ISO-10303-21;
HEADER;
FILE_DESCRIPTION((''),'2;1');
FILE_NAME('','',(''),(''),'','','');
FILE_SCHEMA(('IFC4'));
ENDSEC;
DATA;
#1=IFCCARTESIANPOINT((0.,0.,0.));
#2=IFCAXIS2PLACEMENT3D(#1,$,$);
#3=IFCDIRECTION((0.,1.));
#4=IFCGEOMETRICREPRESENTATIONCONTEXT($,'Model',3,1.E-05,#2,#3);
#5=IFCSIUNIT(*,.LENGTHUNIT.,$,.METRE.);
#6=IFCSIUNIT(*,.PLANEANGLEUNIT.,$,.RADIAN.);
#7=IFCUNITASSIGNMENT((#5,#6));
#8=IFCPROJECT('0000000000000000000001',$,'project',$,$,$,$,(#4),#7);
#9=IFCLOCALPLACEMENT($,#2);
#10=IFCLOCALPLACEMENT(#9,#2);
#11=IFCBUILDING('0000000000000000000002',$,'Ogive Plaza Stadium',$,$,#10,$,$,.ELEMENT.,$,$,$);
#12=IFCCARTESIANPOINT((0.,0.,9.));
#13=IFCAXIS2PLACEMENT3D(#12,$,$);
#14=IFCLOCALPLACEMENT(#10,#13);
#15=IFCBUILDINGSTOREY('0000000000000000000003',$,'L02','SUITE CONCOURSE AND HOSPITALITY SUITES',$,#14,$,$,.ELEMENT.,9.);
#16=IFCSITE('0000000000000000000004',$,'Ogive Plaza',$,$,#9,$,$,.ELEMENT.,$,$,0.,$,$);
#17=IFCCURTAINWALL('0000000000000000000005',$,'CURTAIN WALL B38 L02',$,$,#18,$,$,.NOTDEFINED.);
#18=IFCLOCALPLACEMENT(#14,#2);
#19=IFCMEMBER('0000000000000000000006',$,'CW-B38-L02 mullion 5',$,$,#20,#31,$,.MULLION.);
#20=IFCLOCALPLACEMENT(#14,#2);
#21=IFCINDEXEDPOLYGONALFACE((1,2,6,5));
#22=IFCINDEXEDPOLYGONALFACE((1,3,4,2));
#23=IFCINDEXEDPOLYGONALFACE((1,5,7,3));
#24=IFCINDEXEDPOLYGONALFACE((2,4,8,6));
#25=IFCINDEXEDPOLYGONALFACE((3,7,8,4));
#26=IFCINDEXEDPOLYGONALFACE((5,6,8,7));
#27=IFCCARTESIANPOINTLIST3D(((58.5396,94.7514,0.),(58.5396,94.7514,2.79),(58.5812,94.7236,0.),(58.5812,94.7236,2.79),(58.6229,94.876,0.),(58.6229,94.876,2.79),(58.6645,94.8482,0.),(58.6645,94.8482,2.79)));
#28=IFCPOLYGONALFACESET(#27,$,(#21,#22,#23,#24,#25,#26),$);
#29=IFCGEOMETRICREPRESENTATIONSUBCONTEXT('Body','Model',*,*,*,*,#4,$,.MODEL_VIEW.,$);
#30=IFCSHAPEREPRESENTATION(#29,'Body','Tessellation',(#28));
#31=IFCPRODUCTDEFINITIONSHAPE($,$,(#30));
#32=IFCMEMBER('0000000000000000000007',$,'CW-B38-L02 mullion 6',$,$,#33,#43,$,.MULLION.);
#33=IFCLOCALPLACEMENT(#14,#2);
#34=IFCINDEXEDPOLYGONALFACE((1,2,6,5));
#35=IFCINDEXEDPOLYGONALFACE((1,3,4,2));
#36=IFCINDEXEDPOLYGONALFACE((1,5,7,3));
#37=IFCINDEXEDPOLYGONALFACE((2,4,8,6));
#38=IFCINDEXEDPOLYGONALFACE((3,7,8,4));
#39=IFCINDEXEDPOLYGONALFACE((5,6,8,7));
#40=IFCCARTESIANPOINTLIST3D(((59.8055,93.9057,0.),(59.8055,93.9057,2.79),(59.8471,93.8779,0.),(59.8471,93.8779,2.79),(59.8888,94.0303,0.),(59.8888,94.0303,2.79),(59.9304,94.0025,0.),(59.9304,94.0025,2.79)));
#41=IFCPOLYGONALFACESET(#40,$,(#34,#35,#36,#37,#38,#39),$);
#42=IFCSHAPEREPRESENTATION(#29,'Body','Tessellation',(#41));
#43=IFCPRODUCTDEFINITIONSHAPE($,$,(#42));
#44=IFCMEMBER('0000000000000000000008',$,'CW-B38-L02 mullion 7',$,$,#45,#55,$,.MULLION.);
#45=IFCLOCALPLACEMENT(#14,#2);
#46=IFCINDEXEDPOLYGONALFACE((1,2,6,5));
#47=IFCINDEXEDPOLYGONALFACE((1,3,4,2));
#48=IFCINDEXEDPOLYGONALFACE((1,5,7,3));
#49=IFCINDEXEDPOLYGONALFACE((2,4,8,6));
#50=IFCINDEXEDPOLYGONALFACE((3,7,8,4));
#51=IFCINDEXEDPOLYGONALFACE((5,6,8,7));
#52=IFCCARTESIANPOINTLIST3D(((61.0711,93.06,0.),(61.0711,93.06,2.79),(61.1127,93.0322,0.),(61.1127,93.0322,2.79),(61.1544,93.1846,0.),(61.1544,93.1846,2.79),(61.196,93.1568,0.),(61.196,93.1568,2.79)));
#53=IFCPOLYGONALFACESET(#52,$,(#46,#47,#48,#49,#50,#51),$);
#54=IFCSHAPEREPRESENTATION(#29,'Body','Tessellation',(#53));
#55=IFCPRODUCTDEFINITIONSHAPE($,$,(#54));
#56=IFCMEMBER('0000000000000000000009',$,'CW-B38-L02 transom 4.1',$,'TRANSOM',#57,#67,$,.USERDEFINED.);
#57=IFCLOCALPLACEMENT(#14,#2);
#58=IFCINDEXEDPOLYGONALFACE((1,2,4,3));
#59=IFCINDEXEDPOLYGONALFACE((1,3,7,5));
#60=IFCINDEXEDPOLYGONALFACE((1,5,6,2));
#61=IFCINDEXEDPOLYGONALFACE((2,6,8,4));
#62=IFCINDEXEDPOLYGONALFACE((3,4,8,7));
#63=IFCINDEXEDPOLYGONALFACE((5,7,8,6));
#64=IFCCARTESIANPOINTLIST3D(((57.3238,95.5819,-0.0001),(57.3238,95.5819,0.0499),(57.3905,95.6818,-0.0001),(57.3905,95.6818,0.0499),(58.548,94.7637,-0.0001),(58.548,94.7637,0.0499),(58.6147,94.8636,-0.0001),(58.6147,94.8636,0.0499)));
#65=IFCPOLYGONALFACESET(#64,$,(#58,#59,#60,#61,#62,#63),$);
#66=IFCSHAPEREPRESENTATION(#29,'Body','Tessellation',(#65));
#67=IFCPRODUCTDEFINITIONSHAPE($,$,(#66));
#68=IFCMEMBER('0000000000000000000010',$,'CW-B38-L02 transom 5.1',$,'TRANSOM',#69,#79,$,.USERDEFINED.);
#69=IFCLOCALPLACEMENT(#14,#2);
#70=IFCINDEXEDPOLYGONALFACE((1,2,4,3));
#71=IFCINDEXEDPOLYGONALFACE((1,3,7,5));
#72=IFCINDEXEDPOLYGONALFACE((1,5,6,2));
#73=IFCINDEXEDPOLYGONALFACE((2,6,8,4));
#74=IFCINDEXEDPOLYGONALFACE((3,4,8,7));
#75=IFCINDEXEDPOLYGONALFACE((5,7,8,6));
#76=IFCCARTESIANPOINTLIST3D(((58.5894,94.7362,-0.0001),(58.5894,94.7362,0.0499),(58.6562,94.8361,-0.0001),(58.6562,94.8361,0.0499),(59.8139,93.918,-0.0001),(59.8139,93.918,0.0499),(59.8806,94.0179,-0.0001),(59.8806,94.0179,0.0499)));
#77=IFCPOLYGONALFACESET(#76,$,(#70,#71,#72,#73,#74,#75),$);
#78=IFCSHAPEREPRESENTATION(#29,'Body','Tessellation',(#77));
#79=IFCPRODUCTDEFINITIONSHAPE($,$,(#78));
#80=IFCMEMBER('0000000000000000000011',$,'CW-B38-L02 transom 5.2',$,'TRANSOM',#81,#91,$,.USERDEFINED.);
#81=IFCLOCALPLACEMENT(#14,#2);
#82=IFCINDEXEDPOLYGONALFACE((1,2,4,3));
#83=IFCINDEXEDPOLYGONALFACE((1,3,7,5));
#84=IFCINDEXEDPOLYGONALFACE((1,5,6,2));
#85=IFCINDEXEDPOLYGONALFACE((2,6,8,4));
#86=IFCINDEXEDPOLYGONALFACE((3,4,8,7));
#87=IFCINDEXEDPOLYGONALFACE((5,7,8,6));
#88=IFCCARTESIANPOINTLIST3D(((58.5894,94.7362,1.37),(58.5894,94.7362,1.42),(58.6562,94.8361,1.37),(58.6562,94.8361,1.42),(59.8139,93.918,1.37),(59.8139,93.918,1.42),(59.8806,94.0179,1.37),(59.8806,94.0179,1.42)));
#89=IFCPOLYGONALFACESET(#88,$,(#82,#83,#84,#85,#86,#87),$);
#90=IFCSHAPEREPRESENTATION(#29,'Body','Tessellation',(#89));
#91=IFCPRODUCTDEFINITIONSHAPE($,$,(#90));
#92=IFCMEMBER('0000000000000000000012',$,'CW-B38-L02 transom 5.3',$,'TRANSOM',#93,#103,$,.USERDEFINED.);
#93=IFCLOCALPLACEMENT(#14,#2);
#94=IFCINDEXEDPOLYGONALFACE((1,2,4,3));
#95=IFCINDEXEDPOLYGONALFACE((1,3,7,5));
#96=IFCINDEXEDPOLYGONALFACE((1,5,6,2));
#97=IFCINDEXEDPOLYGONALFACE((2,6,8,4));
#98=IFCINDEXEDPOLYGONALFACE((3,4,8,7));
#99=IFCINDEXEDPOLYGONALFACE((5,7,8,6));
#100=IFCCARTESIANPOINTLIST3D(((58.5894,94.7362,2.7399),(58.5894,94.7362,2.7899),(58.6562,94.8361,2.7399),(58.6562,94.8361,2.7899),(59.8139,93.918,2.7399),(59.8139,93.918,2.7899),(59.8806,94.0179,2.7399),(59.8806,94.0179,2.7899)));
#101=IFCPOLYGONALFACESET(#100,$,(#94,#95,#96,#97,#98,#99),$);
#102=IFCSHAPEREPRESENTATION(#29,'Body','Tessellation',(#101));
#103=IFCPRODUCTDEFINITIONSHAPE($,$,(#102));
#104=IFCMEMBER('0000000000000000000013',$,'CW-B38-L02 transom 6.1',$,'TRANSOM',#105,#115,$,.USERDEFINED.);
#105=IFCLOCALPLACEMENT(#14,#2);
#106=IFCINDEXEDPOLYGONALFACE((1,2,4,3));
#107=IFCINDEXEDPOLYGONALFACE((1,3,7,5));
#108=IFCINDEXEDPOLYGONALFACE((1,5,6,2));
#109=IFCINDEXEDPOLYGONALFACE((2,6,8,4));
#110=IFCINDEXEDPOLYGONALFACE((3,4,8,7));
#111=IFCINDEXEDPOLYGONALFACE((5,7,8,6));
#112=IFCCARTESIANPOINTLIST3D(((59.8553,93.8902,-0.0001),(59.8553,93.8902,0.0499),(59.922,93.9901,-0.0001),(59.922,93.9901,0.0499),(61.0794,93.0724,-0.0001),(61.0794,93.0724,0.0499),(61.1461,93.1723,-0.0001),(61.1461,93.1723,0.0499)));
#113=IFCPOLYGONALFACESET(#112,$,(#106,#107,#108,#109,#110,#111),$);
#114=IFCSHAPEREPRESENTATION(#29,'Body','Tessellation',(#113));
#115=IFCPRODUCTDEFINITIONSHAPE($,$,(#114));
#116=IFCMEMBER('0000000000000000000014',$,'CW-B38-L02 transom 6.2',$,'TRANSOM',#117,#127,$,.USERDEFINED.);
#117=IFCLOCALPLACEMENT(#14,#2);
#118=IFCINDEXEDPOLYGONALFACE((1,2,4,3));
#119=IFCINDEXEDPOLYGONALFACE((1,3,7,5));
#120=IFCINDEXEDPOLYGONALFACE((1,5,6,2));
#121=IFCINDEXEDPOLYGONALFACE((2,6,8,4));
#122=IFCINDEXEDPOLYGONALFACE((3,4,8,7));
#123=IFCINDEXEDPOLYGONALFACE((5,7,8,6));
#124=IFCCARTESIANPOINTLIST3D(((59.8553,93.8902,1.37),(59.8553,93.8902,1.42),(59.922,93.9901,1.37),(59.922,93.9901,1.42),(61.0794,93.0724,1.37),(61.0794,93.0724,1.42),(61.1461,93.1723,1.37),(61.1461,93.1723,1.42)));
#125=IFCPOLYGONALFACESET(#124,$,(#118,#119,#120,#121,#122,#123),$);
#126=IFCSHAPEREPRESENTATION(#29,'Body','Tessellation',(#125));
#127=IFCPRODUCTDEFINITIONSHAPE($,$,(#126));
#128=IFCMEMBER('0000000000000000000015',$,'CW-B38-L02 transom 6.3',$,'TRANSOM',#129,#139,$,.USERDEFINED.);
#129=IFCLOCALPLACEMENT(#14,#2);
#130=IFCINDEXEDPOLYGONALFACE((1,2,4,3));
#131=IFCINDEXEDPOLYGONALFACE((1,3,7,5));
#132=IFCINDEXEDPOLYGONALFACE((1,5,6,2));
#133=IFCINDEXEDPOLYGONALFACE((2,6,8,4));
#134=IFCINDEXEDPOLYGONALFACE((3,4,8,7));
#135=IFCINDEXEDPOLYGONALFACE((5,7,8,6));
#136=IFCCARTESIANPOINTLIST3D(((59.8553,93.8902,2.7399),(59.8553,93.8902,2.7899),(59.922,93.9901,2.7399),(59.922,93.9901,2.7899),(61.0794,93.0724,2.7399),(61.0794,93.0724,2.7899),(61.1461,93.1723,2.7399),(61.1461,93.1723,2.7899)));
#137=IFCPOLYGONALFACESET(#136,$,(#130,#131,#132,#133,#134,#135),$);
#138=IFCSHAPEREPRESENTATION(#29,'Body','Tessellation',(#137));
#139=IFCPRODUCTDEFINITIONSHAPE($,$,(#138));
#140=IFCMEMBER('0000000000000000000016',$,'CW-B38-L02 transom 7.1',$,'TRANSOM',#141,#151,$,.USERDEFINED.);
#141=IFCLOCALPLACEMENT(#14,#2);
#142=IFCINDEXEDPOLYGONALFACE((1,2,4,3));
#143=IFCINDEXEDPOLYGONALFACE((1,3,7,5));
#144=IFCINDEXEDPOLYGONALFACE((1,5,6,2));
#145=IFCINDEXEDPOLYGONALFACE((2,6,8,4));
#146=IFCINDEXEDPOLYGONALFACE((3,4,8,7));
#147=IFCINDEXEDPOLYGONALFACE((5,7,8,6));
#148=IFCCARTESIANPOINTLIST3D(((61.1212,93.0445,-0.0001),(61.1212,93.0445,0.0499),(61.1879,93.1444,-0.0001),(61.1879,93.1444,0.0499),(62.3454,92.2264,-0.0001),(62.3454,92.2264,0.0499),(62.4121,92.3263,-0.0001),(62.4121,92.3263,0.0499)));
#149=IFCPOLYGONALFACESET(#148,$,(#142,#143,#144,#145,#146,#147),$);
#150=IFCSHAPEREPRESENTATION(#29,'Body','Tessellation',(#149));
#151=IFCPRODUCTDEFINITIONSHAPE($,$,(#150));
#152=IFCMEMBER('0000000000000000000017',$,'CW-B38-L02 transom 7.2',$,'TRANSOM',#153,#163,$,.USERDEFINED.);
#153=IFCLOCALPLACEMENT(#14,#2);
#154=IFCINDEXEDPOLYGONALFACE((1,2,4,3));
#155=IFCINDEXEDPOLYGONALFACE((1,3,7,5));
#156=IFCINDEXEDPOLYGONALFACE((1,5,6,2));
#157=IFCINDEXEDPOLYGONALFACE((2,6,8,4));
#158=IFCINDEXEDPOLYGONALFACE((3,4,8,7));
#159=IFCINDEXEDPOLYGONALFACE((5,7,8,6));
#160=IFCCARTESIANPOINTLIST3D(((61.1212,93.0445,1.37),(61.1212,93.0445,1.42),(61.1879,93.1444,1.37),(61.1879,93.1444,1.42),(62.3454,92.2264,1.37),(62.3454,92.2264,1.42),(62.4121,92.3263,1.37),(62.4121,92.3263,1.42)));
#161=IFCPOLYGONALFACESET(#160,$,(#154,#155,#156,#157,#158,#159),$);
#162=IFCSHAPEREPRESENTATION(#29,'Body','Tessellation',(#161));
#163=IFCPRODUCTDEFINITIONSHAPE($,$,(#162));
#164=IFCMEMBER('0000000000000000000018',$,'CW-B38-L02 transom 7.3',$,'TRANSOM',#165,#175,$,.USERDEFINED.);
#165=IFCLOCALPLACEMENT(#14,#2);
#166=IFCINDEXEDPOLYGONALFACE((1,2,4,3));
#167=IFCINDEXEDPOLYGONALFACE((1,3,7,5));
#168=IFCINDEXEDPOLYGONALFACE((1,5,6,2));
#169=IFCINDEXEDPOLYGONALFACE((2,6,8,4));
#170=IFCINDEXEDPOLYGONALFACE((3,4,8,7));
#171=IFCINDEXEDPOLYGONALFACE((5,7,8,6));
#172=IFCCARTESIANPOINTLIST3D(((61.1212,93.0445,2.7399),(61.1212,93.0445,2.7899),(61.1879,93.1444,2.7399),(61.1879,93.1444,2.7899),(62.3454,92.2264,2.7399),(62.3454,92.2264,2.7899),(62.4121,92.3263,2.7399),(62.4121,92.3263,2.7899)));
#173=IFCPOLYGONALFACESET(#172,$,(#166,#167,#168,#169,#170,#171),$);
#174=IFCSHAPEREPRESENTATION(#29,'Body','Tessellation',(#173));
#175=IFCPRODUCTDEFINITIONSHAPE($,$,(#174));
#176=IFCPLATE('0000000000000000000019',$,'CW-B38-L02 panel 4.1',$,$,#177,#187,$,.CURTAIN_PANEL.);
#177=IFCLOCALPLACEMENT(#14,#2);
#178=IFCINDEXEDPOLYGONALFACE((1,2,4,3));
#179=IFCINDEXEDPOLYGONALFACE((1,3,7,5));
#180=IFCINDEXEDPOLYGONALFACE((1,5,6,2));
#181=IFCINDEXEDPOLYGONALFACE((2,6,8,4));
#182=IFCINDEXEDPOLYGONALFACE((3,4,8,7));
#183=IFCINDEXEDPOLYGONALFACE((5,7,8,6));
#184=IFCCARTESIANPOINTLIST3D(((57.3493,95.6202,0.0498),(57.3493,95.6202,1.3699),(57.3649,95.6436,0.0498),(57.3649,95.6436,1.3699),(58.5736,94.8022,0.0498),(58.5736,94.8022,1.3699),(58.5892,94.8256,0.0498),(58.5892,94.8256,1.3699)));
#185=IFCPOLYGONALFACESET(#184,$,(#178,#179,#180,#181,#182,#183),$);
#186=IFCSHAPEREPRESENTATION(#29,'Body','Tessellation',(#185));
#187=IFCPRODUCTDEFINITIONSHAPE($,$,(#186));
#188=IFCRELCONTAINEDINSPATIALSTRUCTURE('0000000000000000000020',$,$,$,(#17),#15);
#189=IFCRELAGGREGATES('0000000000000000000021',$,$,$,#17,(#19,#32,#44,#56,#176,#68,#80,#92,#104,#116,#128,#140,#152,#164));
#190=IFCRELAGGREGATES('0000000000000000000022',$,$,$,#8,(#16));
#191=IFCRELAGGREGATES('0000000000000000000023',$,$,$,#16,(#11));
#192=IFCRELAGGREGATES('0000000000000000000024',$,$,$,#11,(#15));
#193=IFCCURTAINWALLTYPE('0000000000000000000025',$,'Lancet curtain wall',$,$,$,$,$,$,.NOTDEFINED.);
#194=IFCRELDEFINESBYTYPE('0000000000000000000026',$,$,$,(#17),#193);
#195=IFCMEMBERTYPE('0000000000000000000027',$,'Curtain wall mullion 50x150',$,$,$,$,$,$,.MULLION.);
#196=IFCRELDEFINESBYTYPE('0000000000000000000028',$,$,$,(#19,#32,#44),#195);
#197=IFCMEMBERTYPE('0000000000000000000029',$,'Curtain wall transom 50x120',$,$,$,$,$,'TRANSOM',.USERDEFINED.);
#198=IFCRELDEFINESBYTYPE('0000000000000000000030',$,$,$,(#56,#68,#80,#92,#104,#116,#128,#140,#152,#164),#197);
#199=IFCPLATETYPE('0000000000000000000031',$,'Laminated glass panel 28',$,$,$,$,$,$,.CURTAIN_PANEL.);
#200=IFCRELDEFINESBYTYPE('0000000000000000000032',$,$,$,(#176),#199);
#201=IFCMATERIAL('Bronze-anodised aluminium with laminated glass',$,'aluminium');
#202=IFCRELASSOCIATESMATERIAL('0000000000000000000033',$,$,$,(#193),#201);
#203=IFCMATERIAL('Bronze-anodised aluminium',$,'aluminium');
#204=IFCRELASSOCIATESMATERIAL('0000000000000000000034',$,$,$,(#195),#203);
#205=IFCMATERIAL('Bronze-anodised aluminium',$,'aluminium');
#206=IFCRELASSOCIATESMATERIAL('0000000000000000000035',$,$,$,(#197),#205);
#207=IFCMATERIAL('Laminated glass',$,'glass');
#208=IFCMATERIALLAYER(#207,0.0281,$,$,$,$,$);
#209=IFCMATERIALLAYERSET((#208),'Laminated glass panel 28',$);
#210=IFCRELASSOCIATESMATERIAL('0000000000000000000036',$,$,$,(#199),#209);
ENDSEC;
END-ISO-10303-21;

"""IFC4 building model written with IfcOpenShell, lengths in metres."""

from ifc_helpers import new_model, si_unit, direction, frame, origin, origin_2d, place, context, subcontext, project, spatial, rectangle, extrude, material, layer, layer_set, material_profile, profile_set, type_object, element, aggregate, save


model = new_model("IFC4")

# Units and contexts
model_context = context("Model", 3, precision=1e-05, world=origin(), true_north=direction((0.0, 1.0)))
body_context = subcontext(model_context, "Body", "Model", "MODEL_VIEW")
ifc_project = project(units=[si_unit("LENGTHUNIT", "METRE"), si_unit("PLANEANGLEUNIT", "RADIAN")], contexts=[model_context])

# Site, building, storey
site_placement = place(None, origin())
site = spatial("IfcSite", under=ifc_project, at=site_placement, Name="Ogive Plaza", CompositionType="ELEMENT", RefElevation=0.0)
building_placement = place(site_placement, origin())
building = spatial("IfcBuilding", under=site, at=building_placement, Name="Ogive Plaza Stadium", CompositionType="ELEMENT")
storey_placement = place(building_placement, frame((0.0, 0.0, 9.0)))
storey = spatial("IfcBuildingStorey", under=building, at=storey_placement, Name="L02", Description="SUITE CONCOURSE AND HOSPITALITY SUITES", CompositionType="ELEMENT", Elevation=9.0)

# Curtain wall, members, plate
ifc_material_1 = material(Name="Bronze-anodised aluminium with laminated glass", Category="aluminium")
curtain_wall_type = type_object("IfcCurtainWallType", Name="Lancet curtain wall", PredefinedType="NOTDEFINED", material=ifc_material_1)
curtain_wall_placement = place(storey_placement, origin())
curtain_wall = element("IfcCurtainWall", 1, at=curtain_wall_placement, inside=storey, type_object=curtain_wall_type, Name="CURTAIN WALL B38 L02", PredefinedType="NOTDEFINED")
ifc_material_2 = material(Name="Bronze-anodised aluminium", Category="aluminium")
ifc_material_profile_1 = material_profile(ifc_material_2, rectangle(XDim=0.1499, YDim=0.05, at=origin_2d()), Name="AL 150x50")
ifc_profile_set_1 = profile_set([ifc_material_profile_1], Name="Bronze-anodised aluminium")
member_type_1 = type_object("IfcMemberType", Name="Curtain wall mullion 50x150", PredefinedType="MULLION", material=ifc_profile_set_1)
member_1_placement = place(storey_placement, frame((58.6021, 94.7998, 0.0), z_axis=(0.0, 0.0, 1.0), x_axis=(0.55557, 0.83147, 0.0)))
member_1 = element("IfcMember", 2, at=member_1_placement, type_object=member_type_1, Name="CW-B38-L02 mullion 5", PredefinedType="MULLION", context=body_context, shape_type="SweptSolid", body=[
    extrude(rectangle(XDim=0.1499, YDim=0.05, at=origin_2d()), origin(), (0.0, 0.0, 1.0), 2.79),
])
member_2_placement = place(storey_placement, frame((59.8679, 93.9541, 0.0), z_axis=(0.0, 0.0, 1.0), x_axis=(0.55557, 0.83147, 0.0)))
member_2 = element("IfcMember", 3, at=member_2_placement, type_object=member_type_1, Name="CW-B38-L02 mullion 6", PredefinedType="MULLION", context=body_context, shape_type="SweptSolid", body=[
    extrude(rectangle(XDim=0.1499, YDim=0.05, at=origin_2d()), origin(), (0.0, 0.0, 1.0), 2.79),
])
member_3_placement = place(storey_placement, frame((61.1335, 93.1084, 0.0), z_axis=(0.0, 0.0, 1.0), x_axis=(0.55557, 0.83147, 0.0)))
member_3 = element("IfcMember", 4, at=member_3_placement, type_object=member_type_1, Name="CW-B38-L02 mullion 7", PredefinedType="MULLION", context=body_context, shape_type="SweptSolid", body=[
    extrude(rectangle(XDim=0.1499, YDim=0.05, at=origin_2d()), origin(), (0.0, 0.0, 1.0), 2.79),
])
ifc_material_3 = material(Name="Bronze-anodised aluminium", Category="aluminium")
ifc_material_profile_2 = material_profile(ifc_material_3, rectangle(XDim=0.1201, YDim=0.05, at=origin_2d()), Name="AL 120x50")
ifc_profile_set_2 = profile_set([ifc_material_profile_2], Name="Bronze-anodised aluminium")
member_type_2 = type_object("IfcMemberType", Name="Curtain wall transom 50x120", ElementType="TRANSOM", PredefinedType="USERDEFINED", material=ifc_profile_set_2)
member_4_placement = place(storey_placement, frame((57.3572, 95.6318, 0.0249), z_axis=(0.831412, -0.555656, 0.0), x_axis=(0.555656, 0.831412, 0.0)))
member_4 = element("IfcMember", 5, at=member_4_placement, type_object=member_type_2, Name="CW-B38-L02 transom 4.1", ObjectType="TRANSOM", PredefinedType="USERDEFINED", context=body_context, shape_type="SweptSolid", body=[
    extrude(rectangle(XDim=0.1201, YDim=0.05, at=origin_2d()), origin(), (0.0, 0.0, 1.0), 1.4724),
])
member_5_placement = place(storey_placement, frame((58.6228, 94.7861, 0.0249), z_axis=(0.831463, -0.55558, 0.0), x_axis=(0.55558, 0.831463, 0.0)))
member_5 = element("IfcMember", 6, at=member_5_placement, type_object=member_type_2, Name="CW-B38-L02 transom 5.1", ObjectType="TRANSOM", PredefinedType="USERDEFINED", context=body_context, shape_type="SweptSolid", body=[
    extrude(rectangle(XDim=0.1201, YDim=0.05, at=origin_2d()), origin(), (0.0, 0.0, 1.0), 1.4727),
])
member_6_placement = place(storey_placement, frame((58.6228, 94.7861, 1.395), z_axis=(0.831463, -0.55558, 0.0), x_axis=(0.55558, 0.831463, 0.0)))
member_6 = element("IfcMember", 7, at=member_6_placement, type_object=member_type_2, Name="CW-B38-L02 transom 5.2", ObjectType="TRANSOM", PredefinedType="USERDEFINED", context=body_context, shape_type="SweptSolid", body=[
    extrude(rectangle(XDim=0.1201, YDim=0.05, at=origin_2d()), origin(), (0.0, 0.0, 1.0), 1.4727),
])
member_7_placement = place(storey_placement, frame((58.6228, 94.7861, 2.7649), z_axis=(0.831463, -0.55558, 0.0), x_axis=(0.55558, 0.831463, 0.0)))
member_7 = element("IfcMember", 8, at=member_7_placement, type_object=member_type_2, Name="CW-B38-L02 transom 5.3", ObjectType="TRANSOM", PredefinedType="USERDEFINED", context=body_context, shape_type="SweptSolid", body=[
    extrude(rectangle(XDim=0.1201, YDim=0.05, at=origin_2d()), origin(), (0.0, 0.0, 1.0), 1.4727),
])
member_8_placement = place(storey_placement, frame((59.8887, 93.9402, 0.0249), z_axis=(0.831489, -0.555542, 0.0), x_axis=(0.555542, 0.831489, 0.0)))
member_8 = element("IfcMember", 9, at=member_8_placement, type_object=member_type_2, Name="CW-B38-L02 transom 6.1", ObjectType="TRANSOM", PredefinedType="USERDEFINED", context=body_context, shape_type="SweptSolid", body=[
    extrude(rectangle(XDim=0.1201, YDim=0.05, at=origin_2d()), origin(), (0.0, 0.0, 1.0), 1.4722),
])
member_9_placement = place(storey_placement, frame((59.8887, 93.9402, 1.395), z_axis=(0.831489, -0.555542, 0.0), x_axis=(0.555542, 0.831489, 0.0)))
member_9 = element("IfcMember", 10, at=member_9_placement, type_object=member_type_2, Name="CW-B38-L02 transom 6.2", ObjectType="TRANSOM", PredefinedType="USERDEFINED", context=body_context, shape_type="SweptSolid", body=[
    extrude(rectangle(XDim=0.1201, YDim=0.05, at=origin_2d()), origin(), (0.0, 0.0, 1.0), 1.4722),
])
member_10_placement = place(storey_placement, frame((59.8887, 93.9402, 2.7649), z_axis=(0.831489, -0.555542, 0.0), x_axis=(0.555542, 0.831489, 0.0)))
member_10 = element("IfcMember", 11, at=member_10_placement, type_object=member_type_2, Name="CW-B38-L02 transom 6.3", ObjectType="TRANSOM", PredefinedType="USERDEFINED", context=body_context, shape_type="SweptSolid", body=[
    extrude(rectangle(XDim=0.1201, YDim=0.05, at=origin_2d()), origin(), (0.0, 0.0, 1.0), 1.4722),
])
member_11_placement = place(storey_placement, frame((61.1545, 93.0945, 0.0249), z_axis=(0.831412, -0.555656, 0.0), x_axis=(0.555656, 0.831412, 0.0)))
member_11 = element("IfcMember", 12, at=member_11_placement, type_object=member_type_2, Name="CW-B38-L02 transom 7.1", ObjectType="TRANSOM", PredefinedType="USERDEFINED", context=body_context, shape_type="SweptSolid", body=[
    extrude(rectangle(XDim=0.1201, YDim=0.05, at=origin_2d()), origin(), (0.0, 0.0, 1.0), 1.4724),
])
member_12_placement = place(storey_placement, frame((61.1545, 93.0945, 1.395), z_axis=(0.831412, -0.555656, 0.0), x_axis=(0.555656, 0.831412, 0.0)))
member_12 = element("IfcMember", 13, at=member_12_placement, type_object=member_type_2, Name="CW-B38-L02 transom 7.2", ObjectType="TRANSOM", PredefinedType="USERDEFINED", context=body_context, shape_type="SweptSolid", body=[
    extrude(rectangle(XDim=0.1201, YDim=0.05, at=origin_2d()), origin(), (0.0, 0.0, 1.0), 1.4724),
])
member_13_placement = place(storey_placement, frame((61.1545, 93.0945, 2.7649), z_axis=(0.831412, -0.555656, 0.0), x_axis=(0.555656, 0.831412, 0.0)))
member_13 = element("IfcMember", 14, at=member_13_placement, type_object=member_type_2, Name="CW-B38-L02 transom 7.3", ObjectType="TRANSOM", PredefinedType="USERDEFINED", context=body_context, shape_type="SweptSolid", body=[
    extrude(rectangle(XDim=0.1201, YDim=0.05, at=origin_2d()), origin(), (0.0, 0.0, 1.0), 1.4724),
])
ifc_material_4 = material(Name="Laminated glass", Category="glass")
ifc_layer_1 = layer(ifc_material_4, 0.0281)
ifc_layer_set_1 = layer_set([ifc_layer_1], Name="Laminated glass panel 28")
plate_type = type_object("IfcPlateType", Name="Laminated glass panel 28", PredefinedType="CURTAIN_PANEL", material=ifc_layer_set_1)
plate_1_placement = place(storey_placement, frame((57.9692, 95.2229, 0.0498), z_axis=(0.0, 0.0, 1.0), x_axis=(0.83147, -0.55557, 0.0)))
plate_1 = element("IfcPlate", 15, at=plate_1_placement, type_object=plate_type, Name="CW-B38-L02 panel 4.1", PredefinedType="CURTAIN_PANEL", context=body_context, shape_type="SweptSolid", body=[
    extrude(rectangle(XDim=1.4724, YDim=0.0281, at=origin_2d()), origin(), (0.0, 0.0, 1.0), 1.3201),
])
aggregate(curtain_wall, [member_1, member_2, member_3, member_4, plate_1, member_5, member_6, member_7, member_8, member_9, member_10, member_11, member_12, member_13])

save(model, "model.ifc")
